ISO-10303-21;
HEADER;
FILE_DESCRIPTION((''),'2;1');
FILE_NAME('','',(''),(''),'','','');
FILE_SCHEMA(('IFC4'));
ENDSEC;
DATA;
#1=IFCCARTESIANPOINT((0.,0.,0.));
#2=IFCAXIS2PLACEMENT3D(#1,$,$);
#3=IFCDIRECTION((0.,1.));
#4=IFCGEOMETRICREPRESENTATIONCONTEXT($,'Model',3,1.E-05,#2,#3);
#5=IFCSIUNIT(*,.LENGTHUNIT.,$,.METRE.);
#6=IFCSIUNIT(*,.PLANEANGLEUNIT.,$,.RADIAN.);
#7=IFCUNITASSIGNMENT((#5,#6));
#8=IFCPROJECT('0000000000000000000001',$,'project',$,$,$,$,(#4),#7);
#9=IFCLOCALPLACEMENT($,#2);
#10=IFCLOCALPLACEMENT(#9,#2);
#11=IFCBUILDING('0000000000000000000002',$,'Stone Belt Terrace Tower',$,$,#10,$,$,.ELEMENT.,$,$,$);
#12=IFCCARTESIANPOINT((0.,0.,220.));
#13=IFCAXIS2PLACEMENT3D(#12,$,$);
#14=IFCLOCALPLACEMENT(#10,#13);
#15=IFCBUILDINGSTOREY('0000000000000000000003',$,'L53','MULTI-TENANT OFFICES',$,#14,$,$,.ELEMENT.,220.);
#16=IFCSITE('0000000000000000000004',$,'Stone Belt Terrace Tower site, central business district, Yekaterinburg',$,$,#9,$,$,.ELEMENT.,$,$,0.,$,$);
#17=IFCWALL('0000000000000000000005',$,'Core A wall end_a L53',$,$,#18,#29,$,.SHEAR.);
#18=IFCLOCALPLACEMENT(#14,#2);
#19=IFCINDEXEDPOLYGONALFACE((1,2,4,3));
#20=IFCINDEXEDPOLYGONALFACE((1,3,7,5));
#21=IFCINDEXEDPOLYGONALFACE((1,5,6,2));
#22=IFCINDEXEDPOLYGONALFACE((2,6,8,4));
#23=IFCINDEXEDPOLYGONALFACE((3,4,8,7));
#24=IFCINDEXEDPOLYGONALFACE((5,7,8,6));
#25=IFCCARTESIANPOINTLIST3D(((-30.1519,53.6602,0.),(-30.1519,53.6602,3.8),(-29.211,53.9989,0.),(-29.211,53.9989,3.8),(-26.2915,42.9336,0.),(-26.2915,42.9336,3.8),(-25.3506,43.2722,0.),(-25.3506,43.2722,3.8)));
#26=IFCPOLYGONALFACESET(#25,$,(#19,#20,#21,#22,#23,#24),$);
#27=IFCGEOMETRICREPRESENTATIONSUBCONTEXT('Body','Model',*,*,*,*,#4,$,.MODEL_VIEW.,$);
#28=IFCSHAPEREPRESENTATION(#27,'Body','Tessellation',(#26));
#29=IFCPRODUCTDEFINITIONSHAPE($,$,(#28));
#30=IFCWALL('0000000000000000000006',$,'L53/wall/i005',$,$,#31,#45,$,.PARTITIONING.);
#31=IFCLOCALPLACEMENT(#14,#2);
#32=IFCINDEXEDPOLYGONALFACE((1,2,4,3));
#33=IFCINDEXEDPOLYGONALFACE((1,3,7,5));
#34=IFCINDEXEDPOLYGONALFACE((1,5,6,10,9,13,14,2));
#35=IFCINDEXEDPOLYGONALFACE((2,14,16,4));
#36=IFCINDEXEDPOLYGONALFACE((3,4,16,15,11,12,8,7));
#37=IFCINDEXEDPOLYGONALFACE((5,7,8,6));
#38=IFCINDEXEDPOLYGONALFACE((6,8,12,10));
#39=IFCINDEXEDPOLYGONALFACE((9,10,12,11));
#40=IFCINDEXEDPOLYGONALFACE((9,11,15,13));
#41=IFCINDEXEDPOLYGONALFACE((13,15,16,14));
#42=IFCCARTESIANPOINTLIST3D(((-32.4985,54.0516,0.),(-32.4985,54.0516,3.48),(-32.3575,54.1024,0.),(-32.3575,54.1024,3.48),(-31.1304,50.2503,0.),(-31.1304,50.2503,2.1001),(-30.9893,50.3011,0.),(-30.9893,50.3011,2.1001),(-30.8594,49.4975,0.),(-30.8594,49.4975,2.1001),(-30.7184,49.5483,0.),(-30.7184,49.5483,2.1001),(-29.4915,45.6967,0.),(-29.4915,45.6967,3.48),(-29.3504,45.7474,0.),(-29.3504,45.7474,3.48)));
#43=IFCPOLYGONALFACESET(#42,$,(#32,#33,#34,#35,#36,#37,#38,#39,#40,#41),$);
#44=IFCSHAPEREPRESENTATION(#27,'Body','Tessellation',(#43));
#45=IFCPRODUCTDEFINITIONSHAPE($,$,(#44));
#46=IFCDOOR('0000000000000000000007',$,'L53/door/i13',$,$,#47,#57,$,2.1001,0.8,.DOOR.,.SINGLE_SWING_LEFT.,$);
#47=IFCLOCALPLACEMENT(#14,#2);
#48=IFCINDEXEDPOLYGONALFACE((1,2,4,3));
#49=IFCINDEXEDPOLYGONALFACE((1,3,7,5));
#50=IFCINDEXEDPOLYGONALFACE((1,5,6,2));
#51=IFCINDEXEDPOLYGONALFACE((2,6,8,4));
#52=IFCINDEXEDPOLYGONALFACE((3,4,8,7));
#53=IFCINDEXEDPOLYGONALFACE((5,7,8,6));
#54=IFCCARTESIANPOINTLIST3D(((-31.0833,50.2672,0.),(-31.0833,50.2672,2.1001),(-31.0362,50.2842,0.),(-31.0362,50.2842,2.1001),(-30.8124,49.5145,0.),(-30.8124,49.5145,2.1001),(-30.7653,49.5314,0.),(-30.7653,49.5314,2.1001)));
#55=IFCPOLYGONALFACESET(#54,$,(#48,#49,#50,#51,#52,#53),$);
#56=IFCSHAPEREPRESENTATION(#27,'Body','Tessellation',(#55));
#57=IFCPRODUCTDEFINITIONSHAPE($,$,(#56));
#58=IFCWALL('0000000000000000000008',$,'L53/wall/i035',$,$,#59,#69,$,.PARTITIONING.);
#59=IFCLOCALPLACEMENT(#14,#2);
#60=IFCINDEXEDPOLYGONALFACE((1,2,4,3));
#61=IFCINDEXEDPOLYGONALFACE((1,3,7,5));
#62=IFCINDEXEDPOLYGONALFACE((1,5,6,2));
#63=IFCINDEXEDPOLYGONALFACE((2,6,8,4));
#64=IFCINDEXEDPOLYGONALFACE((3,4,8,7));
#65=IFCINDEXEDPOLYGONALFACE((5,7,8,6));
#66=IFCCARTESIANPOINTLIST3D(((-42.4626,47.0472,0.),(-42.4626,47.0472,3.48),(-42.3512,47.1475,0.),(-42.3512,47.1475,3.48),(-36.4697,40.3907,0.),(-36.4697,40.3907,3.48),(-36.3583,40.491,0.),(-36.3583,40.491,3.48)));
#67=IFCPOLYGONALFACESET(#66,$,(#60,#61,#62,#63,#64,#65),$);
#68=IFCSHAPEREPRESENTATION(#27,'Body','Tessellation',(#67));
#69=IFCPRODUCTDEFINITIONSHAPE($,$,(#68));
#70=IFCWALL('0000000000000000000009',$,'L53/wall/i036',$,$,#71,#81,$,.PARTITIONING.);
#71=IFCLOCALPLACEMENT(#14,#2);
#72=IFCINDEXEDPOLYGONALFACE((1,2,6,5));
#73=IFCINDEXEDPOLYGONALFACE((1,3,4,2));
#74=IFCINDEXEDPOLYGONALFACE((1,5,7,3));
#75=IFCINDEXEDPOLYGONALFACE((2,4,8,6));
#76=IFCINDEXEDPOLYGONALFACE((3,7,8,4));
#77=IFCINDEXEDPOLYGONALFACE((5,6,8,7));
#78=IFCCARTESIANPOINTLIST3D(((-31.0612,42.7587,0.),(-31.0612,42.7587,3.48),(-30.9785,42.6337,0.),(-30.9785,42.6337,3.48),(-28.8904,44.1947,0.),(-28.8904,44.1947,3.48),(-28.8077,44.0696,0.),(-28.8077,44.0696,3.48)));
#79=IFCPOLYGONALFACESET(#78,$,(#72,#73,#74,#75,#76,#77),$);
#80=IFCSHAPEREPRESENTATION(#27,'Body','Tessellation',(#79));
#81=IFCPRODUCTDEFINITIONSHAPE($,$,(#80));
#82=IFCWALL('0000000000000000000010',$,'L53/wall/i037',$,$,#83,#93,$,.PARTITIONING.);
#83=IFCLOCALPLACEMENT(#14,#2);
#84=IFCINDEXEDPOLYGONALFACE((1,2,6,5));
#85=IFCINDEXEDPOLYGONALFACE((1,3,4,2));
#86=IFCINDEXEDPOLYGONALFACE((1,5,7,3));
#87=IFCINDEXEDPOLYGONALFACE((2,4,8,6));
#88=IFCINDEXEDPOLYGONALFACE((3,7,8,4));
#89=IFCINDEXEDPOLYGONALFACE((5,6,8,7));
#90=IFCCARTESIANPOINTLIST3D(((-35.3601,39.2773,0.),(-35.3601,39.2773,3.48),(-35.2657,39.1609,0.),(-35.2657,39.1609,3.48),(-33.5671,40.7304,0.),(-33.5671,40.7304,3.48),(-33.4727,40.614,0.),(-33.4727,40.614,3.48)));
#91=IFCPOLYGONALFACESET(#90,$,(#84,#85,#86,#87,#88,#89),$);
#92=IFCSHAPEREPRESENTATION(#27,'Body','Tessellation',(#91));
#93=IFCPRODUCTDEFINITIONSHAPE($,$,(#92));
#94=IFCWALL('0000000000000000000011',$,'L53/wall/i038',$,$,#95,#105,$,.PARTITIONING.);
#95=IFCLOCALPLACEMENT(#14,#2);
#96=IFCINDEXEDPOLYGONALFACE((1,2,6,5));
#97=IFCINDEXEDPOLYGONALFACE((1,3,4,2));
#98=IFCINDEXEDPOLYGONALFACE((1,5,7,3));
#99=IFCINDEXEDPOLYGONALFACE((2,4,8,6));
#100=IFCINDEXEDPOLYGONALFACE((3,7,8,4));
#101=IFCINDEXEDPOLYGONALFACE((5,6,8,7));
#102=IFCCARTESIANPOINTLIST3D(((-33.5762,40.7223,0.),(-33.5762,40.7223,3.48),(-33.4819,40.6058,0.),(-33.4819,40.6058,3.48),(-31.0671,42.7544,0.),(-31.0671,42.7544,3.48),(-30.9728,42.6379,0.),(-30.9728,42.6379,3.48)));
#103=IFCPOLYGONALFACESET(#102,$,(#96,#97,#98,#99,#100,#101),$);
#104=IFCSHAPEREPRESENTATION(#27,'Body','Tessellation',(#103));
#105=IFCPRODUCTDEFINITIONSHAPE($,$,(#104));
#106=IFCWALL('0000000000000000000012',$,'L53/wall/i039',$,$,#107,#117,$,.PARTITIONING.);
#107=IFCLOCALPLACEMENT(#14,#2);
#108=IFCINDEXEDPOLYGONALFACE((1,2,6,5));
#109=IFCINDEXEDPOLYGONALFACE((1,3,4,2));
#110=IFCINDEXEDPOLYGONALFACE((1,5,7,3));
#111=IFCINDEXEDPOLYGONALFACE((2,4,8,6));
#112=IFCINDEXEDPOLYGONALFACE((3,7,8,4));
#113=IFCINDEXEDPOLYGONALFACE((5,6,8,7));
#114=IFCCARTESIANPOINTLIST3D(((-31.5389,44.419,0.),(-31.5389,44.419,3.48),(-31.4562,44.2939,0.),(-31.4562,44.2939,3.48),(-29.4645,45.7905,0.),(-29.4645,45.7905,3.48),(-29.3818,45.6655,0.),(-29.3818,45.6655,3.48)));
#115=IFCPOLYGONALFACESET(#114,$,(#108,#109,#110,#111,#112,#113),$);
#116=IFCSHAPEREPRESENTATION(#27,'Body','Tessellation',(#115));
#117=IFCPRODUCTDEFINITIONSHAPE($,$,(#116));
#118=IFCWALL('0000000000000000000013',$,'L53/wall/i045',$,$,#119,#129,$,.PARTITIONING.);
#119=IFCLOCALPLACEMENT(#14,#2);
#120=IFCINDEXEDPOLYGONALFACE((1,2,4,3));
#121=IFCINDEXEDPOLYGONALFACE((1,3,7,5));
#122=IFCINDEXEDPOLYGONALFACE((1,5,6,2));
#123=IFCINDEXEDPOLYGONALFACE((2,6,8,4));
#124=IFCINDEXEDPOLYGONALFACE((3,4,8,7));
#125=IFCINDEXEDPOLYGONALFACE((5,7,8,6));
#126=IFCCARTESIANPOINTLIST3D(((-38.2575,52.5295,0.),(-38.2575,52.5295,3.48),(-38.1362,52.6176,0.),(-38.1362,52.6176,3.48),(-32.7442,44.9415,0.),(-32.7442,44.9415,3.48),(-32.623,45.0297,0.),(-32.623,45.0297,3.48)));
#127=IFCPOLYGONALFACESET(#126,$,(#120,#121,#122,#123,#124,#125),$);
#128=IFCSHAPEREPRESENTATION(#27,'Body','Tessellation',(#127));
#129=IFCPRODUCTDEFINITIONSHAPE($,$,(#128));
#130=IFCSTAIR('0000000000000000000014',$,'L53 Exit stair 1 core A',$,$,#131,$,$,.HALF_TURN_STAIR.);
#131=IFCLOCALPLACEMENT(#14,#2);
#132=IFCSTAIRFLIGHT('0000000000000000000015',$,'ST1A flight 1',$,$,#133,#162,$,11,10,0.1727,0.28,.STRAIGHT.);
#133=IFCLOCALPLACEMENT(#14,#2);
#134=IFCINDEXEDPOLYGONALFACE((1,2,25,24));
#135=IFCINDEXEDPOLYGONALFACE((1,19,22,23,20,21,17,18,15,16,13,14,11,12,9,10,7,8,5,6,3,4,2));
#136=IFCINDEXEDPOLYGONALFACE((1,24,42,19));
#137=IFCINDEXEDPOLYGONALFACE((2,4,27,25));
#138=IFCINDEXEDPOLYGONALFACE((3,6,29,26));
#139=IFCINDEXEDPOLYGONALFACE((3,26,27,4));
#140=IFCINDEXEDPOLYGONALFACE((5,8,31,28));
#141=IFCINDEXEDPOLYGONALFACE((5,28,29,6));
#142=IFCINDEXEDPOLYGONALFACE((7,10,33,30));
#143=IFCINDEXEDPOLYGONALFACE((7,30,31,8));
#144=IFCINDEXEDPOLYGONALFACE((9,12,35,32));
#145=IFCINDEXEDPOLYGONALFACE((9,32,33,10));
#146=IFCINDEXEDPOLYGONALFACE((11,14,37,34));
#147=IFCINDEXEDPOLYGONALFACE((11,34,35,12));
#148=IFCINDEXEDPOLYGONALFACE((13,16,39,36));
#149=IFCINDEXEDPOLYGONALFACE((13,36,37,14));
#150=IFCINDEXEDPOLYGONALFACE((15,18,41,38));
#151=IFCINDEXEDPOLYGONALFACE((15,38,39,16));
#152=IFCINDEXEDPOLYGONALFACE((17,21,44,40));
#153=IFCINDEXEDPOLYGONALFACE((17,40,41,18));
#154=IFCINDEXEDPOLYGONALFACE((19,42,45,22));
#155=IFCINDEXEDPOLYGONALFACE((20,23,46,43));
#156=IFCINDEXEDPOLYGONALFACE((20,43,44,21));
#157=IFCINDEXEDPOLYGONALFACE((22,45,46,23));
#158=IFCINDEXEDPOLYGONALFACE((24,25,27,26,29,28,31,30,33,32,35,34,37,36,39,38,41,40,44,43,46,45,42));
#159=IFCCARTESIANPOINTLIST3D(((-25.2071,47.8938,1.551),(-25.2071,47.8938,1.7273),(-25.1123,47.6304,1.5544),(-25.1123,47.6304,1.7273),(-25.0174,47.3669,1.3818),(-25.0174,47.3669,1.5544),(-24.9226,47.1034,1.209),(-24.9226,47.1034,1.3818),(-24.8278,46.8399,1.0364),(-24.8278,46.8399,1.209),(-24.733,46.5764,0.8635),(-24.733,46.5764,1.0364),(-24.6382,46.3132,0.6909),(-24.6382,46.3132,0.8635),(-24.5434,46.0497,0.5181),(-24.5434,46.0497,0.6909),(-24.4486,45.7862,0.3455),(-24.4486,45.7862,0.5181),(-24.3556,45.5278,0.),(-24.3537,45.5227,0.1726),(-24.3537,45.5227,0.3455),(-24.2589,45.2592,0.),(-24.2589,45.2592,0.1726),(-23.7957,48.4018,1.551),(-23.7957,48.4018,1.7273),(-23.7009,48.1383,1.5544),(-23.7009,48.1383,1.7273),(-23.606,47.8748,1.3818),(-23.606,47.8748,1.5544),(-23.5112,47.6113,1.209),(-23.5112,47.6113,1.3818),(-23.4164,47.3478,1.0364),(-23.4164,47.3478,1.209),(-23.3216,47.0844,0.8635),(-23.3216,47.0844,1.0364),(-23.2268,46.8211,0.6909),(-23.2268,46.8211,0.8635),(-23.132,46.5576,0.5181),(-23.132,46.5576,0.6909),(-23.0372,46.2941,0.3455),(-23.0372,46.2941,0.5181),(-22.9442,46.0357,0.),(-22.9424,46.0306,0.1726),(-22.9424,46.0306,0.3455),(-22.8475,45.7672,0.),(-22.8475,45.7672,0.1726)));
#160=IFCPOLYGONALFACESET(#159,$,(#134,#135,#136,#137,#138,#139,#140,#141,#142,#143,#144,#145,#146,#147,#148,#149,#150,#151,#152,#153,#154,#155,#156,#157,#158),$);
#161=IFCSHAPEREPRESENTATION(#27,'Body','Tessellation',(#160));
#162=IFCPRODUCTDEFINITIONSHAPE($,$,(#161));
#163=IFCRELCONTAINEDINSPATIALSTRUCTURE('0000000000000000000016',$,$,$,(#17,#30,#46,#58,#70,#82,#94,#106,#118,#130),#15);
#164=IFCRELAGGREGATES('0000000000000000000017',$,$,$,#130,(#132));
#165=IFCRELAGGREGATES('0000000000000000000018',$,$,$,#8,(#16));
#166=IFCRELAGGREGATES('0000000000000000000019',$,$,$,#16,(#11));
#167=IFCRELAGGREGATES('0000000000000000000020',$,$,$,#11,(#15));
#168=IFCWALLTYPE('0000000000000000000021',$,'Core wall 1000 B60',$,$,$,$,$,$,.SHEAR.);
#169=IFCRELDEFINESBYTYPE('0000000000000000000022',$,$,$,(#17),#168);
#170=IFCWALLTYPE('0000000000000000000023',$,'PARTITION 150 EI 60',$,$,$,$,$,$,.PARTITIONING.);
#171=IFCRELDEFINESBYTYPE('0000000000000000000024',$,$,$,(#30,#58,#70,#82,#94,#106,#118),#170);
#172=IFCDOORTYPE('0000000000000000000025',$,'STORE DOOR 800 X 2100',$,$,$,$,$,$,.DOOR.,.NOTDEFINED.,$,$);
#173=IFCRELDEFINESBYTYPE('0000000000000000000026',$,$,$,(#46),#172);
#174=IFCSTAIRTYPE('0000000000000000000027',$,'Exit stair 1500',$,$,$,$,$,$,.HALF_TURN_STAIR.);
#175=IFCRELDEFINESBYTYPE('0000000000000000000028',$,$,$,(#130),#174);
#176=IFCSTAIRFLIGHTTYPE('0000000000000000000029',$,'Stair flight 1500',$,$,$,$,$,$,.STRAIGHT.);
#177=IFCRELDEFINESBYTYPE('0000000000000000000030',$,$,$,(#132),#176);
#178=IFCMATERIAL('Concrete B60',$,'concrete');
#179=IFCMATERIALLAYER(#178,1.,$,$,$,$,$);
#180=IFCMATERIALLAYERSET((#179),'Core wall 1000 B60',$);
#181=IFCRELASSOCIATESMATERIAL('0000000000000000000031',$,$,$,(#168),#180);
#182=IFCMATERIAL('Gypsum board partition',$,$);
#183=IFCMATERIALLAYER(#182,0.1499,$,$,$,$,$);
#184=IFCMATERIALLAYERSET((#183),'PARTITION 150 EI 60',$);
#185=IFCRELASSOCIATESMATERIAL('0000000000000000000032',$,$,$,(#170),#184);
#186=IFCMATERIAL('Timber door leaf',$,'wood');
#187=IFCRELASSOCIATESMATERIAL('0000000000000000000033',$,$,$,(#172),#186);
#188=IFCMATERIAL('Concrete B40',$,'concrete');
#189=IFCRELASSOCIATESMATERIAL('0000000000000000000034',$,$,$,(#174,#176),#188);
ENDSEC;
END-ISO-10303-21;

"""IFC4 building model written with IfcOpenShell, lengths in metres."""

from ifc_helpers import new_model, si_unit, direction, frame, frame_2d, origin, place, context, subcontext, project, spatial, polyline, rectangle, outline, extrude, material, layer, layer_set, type_object, element, fill, aggregate, save


model = new_model("IFC4")

# Units and contexts
model_context = context("Model", 3, precision=1e-05, world=origin(), true_north=direction((0.0, 1.0)))
body_context = subcontext(model_context, "Body", "Model", "MODEL_VIEW")
ifc_project = project(units=[si_unit("LENGTHUNIT", "METRE"), si_unit("PLANEANGLEUNIT", "RADIAN")], contexts=[model_context])

# Site, building, storey
site_placement = place(None, origin())
site = spatial("IfcSite", under=ifc_project, at=site_placement, Name="Stone Belt Terrace Tower site, central business district, Yekaterinburg", CompositionType="ELEMENT", RefElevation=0.0)
building_placement = place(site_placement, origin())
building = spatial("IfcBuilding", under=site, at=building_placement, Name="Stone Belt Terrace Tower", CompositionType="ELEMENT")
storey_placement = place(building_placement, frame((0.0, 0.0, 220.0)))
storey = spatial("IfcBuildingStorey", under=building, at=storey_placement, Name="L53", Description="MULTI-TENANT OFFICES", CompositionType="ELEMENT", Elevation=220.0)

# Shared definitions
ifc_material_1 = material(Name="Concrete B60", Category="concrete")

# Shared definitions
ifc_layer_1 = layer(ifc_material_1, 1.0)
ifc_layer_set_1 = layer_set([ifc_layer_1], Name="Core wall 1000 B60")
wall_type_1 = type_object("IfcWallType", Name="Core wall 1000 B60", PredefinedType="SHEAR", material=ifc_layer_set_1)
ifc_material_2 = material(Name="Timber door leaf", Category="wood")

# Wall
wall_1_placement = place(storey_placement, frame((-25.821, 43.1028, 0.0), z_axis=(0.0, 0.0, 1.0), x_axis=(-0.338625, 0.940921, 0.0)))
element("IfcWall", 1, at=wall_1_placement, inside=storey, type_object=wall_type_1, Name="Core A wall end_a L53", PredefinedType="SHEAR", context=body_context, shape_type="SweptSolid", body=[
    extrude(rectangle(XDim=11.4001, YDim=1.0, at=frame_2d((5.7002, 0.0))), origin(), (0.0, 0.0, 1.0), 3.8),
])

# Wall, opening, door
ifc_material_3 = material(Name="Gypsum board partition")
ifc_layer_2 = layer(ifc_material_3, 0.1499)
ifc_layer_set_2 = layer_set([ifc_layer_2], Name="PARTITION 150 EI 60")
wall_type_2 = type_object("IfcWallType", Name="PARTITION 150 EI 60", PredefinedType="PARTITIONING", material=ifc_layer_set_2)
wall_2_placement = place(storey_placement, frame((-29.4209, 45.7219, 0.0), z_axis=(0.0, 0.0, 1.0), x_axis=(-0.338648, 0.940913, 0.0)))
wall_2 = element("IfcWall", 2, at=wall_2_placement, inside=storey, type_object=wall_type_2, Name="L53/wall/i005", PredefinedType="PARTITIONING", context=body_context, shape_type="SweptSolid", body=[
    extrude(rectangle(XDim=8.8796, YDim=0.1499, at=frame_2d((4.4399, 0.0))), origin(), (0.0, 0.0, 1.0), 3.48),
])
opening_1_placement = place(wall_2_placement, frame((4.0398, 0.0, 0.0)))
opening_1 = element("IfcOpeningElement", 3, at=opening_1_placement, cuts=wall_2, PredefinedType="OPENING", context=body_context, shape_type="SweptSolid", body=[
    extrude(rectangle(XDim=0.8, YDim=2.1001, at=frame_2d((0.3999, 1.05))), frame((0.0, 0.085, 0.0), z_axis=(0.0, -1.0, 0.0), x_axis=(1.0, 0.0, 0.0)), (0.0, 0.0, 1.0), 0.1699),
])
door_type_1 = type_object("IfcDoorType", Name="STORE DOOR 800 X 2100", OperationType="NOTDEFINED", PredefinedType="DOOR", material=ifc_material_2)
door_1_placement = place(opening_1_placement, origin())
door_1 = element("IfcDoor", 4, at=door_1_placement, inside=storey, type_object=door_type_1, Name="L53/door/i13", OperationType="SINGLE_SWING_LEFT", OverallHeight=2.1001, OverallWidth=0.8, PredefinedType="DOOR", context=body_context, shape_type="SweptSolid", body=[
    extrude(rectangle(XDim=0.8, YDim=2.1001, at=frame_2d((0.3999, 1.05))), frame((0.0, 0.0249, 0.0), z_axis=(0.0, -1.0, 0.0), x_axis=(1.0, 0.0, 0.0)), (0.0, 0.0, 1.0), 0.05),
])
fill(opening_1, door_1)

# Walls
wall_3_placement = place(storey_placement, frame((-42.407, 47.0974, 0.0), z_axis=(0.0, 0.0, 1.0), x_axis=(0.669093, -0.743179, 0.0)))
element("IfcWall", 5, at=wall_3_placement, inside=storey, type_object=wall_type_2, Name="L53/wall/i035", PredefinedType="PARTITIONING", context=body_context, shape_type="SweptSolid", body=[
    extrude(rectangle(XDim=8.9568, YDim=0.1499, at=frame_2d((4.4785, 0.0))), origin(), (0.0, 0.0, 1.0), 3.48),
])
wall_4_placement = place(storey_placement, frame((-28.8491, 44.1321, 0.0), z_axis=(0.0, 0.0, 1.0), x_axis=(-0.834036, -0.55171, 0.0)))
element("IfcWall", 6, at=wall_4_placement, inside=storey, type_object=wall_type_2, Name="L53/wall/i036", PredefinedType="PARTITIONING", context=body_context, shape_type="SweptSolid", body=[
    extrude(rectangle(XDim=2.6028, YDim=0.1499, at=frame_2d((1.3013, 0.0))), origin(), (0.0, 0.0, 1.0), 3.48),
])
wall_5_placement = place(storey_placement, frame((-33.52, 40.6721, 0.0), z_axis=(0.0, 0.0, 1.0), x_axis=(-0.77689, -0.629636, 0.0)))
element("IfcWall", 7, at=wall_5_placement, inside=storey, type_object=wall_type_2, Name="L53/wall/i037", PredefinedType="PARTITIONING", context=body_context, shape_type="SweptSolid", body=[
    extrude(rectangle(XDim=2.3079, YDim=0.1499, at=frame_2d((1.1538, 0.0))), origin(), (0.0, 0.0, 1.0), 3.48),
])
wall_6_placement = place(storey_placement, frame((-31.02, 42.696, 0.0), z_axis=(0.0, 0.0, 1.0), x_axis=(-0.777115, -0.629359, 0.0)))
element("IfcWall", 8, at=wall_6_placement, inside=storey, type_object=wall_type_2, Name="L53/wall/i038", PredefinedType="PARTITIONING", context=body_context, shape_type="SweptSolid", body=[
    extrude(rectangle(XDim=3.2288, YDim=0.1499, at=frame_2d((1.6143, 0.0))), origin(), (0.0, 0.0, 1.0), 3.48),
])
wall_7_placement = place(storey_placement, frame((-31.4976, 44.3564, 0.0), z_axis=(0.0, 0.0, 1.0), x_axis=(0.834159, 0.551524, 0.0)))
element("IfcWall", 9, at=wall_7_placement, inside=storey, type_object=wall_type_2, Name="L53/wall/i039", PredefinedType="PARTITIONING", context=body_context, shape_type="SweptSolid", body=[
    extrude(rectangle(XDim=2.4868, YDim=0.1499, at=frame_2d((1.2434, 0.0))), origin(), (0.0, 0.0, 1.0), 3.48),
])
wall_8_placement = place(storey_placement, frame((-32.6836, 44.9856, 0.0), z_axis=(0.0, 0.0, 1.0), x_axis=(-0.587803, 0.809004, 0.0)))
element("IfcWall", 10, at=wall_8_placement, inside=storey, type_object=wall_type_2, Name="L53/wall/i045", PredefinedType="PARTITIONING", context=body_context, shape_type="SweptSolid", body=[
    extrude(rectangle(XDim=9.3794, YDim=0.1499, at=frame_2d((4.6897, 0.0))), origin(), (0.0, 0.0, 1.0), 3.48),
])

# Stair, stair flight
ifc_material_4 = material(Name="Concrete B40", Category="concrete")
stair_type = type_object("IfcStairType", Name="Exit stair 1500", PredefinedType="HALF_TURN_STAIR", material=ifc_material_4)
stair_placement = place(storey_placement, origin())
stair = element("IfcStair", 11, at=stair_placement, inside=storey, type_object=stair_type, Name="L53 Exit stair 1 core A", PredefinedType="HALF_TURN_STAIR")
stair_flight_type = type_object("IfcStairFlightType", Name="Stair flight 1500", PredefinedType="STRAIGHT", material=ifc_material_4)
stair_flight_1_placement = place(storey_placement, frame((-23.5532, 45.5132, 0.0), z_axis=(0.0, 0.0, 1.0), x_axis=(-0.338624, 0.940922, 0.0)))
stair_flight_1 = element("IfcStairFlight", 12, at=stair_flight_1_placement, type_object=stair_flight_type, Name="ST1A flight 1", NumberOfRisers=11, NumberOfTreads=10, PredefinedType="STRAIGHT", RiserHeight=0.1727, TreadLength=0.28, context=body_context, shape_type="SweptSolid", body=[
    extrude(outline(polyline([(0.0, 0.0), (0.0, 0.1726), (0.28, 0.1726), (0.28, 0.3455), (0.5601, 0.3455), (0.5601, 0.5181), (0.8401, 0.5181), (0.8401, 0.6909), (1.1201, 0.6909), (1.1201, 0.8635), (1.3999, 0.8635), (1.3999, 1.0364), (1.6799, 1.0364), (1.6799, 1.209), (1.96, 1.209), (1.96, 1.3818), (2.24, 1.3818), (2.24, 1.5544), (2.52, 1.5544), (2.52, 1.7273), (2.8, 1.7273), (2.8, 1.8999), (2.8, 1.551), (0.2854, 0.0), (0.0, 0.0)])), frame((0.0, 0.75, 0.0), z_axis=(0.0, -1.0, 0.0), x_axis=(1.0, 0.0, 0.0)), (0.0, 0.0, 1.0), 1.5),
])
aggregate(stair, [stair_flight_1])

save(model, "model.ifc")
